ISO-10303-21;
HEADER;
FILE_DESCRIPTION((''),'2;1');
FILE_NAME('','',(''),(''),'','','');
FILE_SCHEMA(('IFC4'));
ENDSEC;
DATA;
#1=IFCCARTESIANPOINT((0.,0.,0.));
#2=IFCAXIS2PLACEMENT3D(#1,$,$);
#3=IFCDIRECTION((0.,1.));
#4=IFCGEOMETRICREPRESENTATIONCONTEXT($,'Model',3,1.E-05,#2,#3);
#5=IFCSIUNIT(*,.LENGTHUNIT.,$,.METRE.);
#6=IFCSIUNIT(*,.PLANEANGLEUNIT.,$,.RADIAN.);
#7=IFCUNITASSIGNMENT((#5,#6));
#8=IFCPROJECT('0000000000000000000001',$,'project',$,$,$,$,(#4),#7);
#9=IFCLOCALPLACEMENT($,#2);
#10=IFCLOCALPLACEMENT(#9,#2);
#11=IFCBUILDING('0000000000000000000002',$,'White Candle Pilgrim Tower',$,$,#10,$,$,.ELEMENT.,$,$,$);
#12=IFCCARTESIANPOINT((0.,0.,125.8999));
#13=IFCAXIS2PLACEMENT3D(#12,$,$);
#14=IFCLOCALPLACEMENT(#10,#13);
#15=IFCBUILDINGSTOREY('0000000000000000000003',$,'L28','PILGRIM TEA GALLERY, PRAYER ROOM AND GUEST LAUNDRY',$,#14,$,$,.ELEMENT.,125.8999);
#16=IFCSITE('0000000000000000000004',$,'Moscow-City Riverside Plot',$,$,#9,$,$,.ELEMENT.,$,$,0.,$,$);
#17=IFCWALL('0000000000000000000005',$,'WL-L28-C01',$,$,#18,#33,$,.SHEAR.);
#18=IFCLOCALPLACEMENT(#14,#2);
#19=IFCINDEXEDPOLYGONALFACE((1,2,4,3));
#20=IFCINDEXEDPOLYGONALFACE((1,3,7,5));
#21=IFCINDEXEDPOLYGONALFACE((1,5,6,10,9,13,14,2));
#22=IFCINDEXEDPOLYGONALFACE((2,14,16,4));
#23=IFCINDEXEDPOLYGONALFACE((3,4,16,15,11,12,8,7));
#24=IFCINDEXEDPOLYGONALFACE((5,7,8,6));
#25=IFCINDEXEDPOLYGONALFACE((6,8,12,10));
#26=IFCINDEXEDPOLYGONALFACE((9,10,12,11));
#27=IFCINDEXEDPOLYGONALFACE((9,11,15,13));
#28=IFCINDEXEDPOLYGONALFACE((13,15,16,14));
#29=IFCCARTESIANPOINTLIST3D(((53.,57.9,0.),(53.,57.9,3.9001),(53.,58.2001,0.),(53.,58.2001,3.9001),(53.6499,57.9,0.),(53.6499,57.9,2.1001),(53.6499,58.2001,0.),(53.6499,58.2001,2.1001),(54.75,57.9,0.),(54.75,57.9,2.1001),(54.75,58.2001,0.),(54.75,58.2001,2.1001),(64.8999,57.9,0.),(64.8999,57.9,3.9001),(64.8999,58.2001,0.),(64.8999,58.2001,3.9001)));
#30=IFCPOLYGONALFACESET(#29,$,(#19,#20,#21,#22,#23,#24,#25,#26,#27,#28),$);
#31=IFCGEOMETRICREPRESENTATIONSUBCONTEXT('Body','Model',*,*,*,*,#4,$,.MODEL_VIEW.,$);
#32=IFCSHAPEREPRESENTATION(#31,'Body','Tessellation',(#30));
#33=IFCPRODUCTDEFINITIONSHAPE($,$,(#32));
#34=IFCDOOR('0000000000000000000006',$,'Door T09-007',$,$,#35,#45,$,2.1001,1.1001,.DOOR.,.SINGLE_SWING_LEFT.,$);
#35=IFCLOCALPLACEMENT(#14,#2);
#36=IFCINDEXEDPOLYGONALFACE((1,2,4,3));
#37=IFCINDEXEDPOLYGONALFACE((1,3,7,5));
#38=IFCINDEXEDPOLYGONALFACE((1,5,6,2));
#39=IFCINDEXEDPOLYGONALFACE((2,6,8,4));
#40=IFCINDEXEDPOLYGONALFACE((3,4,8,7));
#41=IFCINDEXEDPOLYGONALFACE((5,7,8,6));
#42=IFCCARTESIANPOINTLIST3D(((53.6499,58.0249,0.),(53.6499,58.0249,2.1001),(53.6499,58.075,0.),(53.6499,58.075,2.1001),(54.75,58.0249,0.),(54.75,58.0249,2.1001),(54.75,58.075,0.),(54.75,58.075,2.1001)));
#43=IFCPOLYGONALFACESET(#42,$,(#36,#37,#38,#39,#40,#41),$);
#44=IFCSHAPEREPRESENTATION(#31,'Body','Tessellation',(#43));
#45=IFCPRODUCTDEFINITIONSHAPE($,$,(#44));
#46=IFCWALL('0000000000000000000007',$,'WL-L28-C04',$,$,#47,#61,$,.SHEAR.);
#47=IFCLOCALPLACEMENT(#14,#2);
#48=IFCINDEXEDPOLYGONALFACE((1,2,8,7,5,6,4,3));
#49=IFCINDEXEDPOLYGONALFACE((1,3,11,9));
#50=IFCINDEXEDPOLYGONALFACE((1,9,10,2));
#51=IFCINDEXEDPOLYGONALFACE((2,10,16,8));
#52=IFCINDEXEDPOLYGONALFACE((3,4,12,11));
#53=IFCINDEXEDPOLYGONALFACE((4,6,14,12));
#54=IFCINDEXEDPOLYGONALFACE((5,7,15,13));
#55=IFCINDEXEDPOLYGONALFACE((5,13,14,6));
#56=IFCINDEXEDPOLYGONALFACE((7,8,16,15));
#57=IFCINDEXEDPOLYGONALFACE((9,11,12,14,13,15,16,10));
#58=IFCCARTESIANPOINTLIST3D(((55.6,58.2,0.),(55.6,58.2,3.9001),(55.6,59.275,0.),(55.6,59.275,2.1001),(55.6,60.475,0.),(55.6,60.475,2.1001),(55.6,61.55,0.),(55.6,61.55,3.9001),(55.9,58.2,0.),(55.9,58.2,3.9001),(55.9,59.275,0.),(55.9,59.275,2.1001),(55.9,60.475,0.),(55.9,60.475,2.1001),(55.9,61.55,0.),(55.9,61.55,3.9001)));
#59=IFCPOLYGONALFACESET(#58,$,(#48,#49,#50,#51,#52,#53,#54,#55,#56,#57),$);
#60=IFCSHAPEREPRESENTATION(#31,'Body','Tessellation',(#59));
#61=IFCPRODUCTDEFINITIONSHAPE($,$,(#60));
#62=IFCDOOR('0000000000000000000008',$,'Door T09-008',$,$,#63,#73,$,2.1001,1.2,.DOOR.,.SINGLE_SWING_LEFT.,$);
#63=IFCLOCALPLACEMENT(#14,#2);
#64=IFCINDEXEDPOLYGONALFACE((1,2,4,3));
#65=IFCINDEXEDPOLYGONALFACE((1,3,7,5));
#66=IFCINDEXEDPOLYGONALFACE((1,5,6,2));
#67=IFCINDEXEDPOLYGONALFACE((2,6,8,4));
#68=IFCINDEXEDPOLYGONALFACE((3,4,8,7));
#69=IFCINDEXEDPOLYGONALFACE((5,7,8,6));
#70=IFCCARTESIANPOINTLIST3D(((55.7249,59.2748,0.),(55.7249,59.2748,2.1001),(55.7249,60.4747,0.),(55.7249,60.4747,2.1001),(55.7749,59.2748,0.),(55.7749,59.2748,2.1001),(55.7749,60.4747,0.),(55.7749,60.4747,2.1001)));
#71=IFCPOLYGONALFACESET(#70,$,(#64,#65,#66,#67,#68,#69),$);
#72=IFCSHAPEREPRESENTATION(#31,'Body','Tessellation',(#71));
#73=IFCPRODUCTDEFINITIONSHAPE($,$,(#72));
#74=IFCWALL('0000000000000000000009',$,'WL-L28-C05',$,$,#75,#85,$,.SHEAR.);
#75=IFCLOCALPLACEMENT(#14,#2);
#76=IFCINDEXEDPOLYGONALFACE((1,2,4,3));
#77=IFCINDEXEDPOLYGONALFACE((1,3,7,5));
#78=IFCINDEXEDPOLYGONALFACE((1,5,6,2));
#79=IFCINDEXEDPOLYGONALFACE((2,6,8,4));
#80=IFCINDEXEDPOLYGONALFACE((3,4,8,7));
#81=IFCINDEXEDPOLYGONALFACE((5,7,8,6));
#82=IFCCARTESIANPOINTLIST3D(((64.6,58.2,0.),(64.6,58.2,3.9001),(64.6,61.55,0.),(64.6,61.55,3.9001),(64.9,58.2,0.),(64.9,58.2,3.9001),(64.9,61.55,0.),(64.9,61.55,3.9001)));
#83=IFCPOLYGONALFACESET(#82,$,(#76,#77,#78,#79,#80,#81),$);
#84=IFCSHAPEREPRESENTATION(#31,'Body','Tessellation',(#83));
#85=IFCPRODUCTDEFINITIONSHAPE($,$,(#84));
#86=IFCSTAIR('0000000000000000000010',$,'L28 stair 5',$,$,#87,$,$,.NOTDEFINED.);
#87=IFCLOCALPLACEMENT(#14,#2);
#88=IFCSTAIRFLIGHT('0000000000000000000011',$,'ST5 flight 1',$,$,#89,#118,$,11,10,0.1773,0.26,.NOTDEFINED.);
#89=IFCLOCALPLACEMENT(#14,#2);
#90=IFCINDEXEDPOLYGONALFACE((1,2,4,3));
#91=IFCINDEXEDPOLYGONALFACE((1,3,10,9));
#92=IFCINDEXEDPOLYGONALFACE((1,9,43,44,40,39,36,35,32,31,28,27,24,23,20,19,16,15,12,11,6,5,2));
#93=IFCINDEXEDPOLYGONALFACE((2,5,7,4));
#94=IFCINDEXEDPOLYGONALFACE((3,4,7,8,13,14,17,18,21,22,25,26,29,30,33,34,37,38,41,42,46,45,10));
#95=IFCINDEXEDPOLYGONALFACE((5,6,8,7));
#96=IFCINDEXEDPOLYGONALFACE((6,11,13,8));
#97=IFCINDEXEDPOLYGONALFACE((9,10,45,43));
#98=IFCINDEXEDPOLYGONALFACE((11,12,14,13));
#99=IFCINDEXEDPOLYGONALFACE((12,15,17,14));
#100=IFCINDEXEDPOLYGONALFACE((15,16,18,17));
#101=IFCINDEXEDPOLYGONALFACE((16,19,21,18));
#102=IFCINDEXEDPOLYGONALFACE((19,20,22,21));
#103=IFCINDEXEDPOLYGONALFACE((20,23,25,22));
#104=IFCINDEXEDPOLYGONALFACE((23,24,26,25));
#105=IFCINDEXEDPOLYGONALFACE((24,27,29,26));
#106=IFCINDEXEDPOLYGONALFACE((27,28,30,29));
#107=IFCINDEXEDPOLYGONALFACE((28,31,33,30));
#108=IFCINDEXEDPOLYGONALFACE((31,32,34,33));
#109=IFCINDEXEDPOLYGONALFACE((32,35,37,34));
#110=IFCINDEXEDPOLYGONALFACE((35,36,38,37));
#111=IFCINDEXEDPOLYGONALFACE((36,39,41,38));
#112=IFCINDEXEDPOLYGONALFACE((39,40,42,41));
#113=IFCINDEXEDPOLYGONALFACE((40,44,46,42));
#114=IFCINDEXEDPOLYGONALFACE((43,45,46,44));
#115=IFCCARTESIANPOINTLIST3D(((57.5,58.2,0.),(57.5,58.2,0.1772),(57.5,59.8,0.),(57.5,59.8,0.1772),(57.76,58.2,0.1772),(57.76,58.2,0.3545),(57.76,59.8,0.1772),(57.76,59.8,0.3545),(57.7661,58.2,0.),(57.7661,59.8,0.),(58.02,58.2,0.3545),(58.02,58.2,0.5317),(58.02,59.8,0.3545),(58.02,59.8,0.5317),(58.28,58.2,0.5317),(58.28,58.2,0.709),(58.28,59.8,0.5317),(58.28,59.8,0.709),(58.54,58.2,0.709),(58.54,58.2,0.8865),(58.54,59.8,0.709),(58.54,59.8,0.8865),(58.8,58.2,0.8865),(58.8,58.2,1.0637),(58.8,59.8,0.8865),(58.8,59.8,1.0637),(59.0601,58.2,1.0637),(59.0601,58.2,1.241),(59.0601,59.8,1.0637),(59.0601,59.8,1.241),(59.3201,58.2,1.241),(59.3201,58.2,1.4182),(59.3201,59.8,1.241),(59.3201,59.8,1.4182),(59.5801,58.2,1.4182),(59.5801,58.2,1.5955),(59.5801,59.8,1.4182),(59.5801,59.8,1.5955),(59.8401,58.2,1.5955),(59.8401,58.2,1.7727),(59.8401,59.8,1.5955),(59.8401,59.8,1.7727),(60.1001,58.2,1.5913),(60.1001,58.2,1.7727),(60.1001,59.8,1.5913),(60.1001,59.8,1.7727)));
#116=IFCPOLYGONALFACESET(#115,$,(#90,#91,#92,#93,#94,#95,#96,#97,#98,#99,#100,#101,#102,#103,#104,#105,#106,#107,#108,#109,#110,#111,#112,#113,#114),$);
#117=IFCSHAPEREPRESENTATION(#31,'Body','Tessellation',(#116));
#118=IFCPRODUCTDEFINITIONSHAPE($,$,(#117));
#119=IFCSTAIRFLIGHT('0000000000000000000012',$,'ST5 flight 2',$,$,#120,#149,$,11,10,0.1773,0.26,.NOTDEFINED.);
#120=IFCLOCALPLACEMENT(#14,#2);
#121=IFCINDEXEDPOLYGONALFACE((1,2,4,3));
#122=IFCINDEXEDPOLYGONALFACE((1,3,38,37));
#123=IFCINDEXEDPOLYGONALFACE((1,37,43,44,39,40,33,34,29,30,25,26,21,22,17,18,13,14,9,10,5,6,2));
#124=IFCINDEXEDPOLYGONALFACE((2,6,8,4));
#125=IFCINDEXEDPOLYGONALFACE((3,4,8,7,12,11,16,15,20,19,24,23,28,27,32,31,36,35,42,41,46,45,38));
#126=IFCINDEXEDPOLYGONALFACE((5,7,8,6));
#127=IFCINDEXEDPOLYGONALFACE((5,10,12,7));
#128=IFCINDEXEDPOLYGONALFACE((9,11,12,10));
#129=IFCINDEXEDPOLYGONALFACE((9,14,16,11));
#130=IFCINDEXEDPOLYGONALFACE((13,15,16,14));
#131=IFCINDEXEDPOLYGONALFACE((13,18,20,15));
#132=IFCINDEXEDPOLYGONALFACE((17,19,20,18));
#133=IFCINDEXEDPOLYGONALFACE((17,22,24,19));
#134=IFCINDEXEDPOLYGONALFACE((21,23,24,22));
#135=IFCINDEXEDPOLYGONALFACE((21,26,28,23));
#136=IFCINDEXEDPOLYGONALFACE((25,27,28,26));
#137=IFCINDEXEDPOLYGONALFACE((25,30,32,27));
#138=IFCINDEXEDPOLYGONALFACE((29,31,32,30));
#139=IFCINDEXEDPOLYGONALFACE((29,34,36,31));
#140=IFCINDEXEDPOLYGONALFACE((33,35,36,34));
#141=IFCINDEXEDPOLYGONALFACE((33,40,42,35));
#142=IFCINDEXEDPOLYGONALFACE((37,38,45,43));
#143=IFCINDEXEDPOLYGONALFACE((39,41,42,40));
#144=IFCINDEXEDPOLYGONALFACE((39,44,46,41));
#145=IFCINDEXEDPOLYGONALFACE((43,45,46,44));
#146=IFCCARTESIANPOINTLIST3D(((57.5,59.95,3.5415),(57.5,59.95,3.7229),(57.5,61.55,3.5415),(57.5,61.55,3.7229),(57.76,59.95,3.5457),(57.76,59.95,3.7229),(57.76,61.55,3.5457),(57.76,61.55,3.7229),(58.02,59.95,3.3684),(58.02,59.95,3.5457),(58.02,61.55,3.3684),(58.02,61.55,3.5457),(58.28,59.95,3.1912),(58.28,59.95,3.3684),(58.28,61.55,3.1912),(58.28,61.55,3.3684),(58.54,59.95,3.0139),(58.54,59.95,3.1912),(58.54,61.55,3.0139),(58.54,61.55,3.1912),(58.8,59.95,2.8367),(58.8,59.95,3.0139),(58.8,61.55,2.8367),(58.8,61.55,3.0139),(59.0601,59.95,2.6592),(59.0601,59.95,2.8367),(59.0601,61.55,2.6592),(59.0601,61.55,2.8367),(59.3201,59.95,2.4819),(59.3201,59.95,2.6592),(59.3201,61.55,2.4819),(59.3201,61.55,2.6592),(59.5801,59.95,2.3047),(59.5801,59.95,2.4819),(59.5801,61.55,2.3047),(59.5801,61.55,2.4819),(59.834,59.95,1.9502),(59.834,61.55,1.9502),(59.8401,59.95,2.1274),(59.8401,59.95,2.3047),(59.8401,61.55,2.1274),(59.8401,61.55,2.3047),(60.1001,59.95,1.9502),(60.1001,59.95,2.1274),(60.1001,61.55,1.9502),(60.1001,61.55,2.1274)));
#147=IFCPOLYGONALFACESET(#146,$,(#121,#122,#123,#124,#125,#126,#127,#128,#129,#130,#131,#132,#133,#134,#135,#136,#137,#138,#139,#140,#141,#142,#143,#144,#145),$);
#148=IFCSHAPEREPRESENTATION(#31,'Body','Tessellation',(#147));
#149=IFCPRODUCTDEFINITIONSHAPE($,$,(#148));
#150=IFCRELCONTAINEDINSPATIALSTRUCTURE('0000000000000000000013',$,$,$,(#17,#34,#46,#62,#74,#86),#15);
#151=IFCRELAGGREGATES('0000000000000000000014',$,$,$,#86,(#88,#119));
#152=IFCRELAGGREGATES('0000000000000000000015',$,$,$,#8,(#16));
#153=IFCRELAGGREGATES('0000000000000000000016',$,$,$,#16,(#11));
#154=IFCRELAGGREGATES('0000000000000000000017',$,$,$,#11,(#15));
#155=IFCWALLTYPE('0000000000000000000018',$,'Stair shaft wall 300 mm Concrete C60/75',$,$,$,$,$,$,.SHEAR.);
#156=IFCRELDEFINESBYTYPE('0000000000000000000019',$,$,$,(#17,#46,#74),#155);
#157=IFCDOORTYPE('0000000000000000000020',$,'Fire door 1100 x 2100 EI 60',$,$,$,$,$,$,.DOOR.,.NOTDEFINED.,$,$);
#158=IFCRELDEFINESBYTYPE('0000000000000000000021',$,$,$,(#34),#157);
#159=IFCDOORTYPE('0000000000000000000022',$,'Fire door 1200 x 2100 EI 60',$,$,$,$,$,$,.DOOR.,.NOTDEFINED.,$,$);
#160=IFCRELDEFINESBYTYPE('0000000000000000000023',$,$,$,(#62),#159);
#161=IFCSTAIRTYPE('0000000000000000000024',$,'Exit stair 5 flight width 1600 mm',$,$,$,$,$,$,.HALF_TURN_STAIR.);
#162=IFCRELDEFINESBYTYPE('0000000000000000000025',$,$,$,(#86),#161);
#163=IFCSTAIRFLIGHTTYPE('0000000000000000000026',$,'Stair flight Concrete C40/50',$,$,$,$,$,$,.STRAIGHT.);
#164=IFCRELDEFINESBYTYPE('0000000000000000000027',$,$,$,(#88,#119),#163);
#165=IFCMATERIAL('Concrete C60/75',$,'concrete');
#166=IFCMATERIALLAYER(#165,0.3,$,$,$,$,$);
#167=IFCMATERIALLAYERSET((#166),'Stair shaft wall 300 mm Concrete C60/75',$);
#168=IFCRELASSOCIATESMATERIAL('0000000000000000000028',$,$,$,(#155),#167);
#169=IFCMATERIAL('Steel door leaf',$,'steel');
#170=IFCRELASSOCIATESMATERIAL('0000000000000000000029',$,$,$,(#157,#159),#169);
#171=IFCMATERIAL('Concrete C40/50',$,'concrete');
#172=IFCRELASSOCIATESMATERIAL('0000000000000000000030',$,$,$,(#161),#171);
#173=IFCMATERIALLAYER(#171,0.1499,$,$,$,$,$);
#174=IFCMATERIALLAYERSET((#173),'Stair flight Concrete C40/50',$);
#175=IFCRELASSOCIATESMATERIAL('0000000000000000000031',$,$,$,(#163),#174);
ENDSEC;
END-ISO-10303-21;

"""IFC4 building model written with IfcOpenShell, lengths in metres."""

from ifc_helpers import new_model, si_unit, direction, frame, frame_2d, origin, place, context, subcontext, project, spatial, polyline, rectangle, outline, extrude, material, layer, layer_set, type_object, element, fill, aggregate, save


model = new_model("IFC4")

# Units and contexts
model_context = context("Model", 3, precision=1e-05, world=origin(), true_north=direction((0.0, 1.0)))
body_context = subcontext(model_context, "Body", "Model", "MODEL_VIEW")
ifc_project = project(units=[si_unit("LENGTHUNIT", "METRE"), si_unit("PLANEANGLEUNIT", "RADIAN")], contexts=[model_context])

# Site, building, storey
site_placement = place(None, origin())
site = spatial("IfcSite", under=ifc_project, at=site_placement, Name="Moscow-City Riverside Plot", CompositionType="ELEMENT", RefElevation=0.0)
building_placement = place(site_placement, origin())
building = spatial("IfcBuilding", under=site, at=building_placement, Name="White Candle Pilgrim Tower", CompositionType="ELEMENT")
storey_placement = place(building_placement, frame((0.0, 0.0, 125.8999)))
storey = spatial("IfcBuildingStorey", under=building, at=storey_placement, Name="L28", Description="PILGRIM TEA GALLERY, PRAYER ROOM AND GUEST LAUNDRY", CompositionType="ELEMENT", Elevation=125.8999)

# Shared definitions
ifc_material_1 = material(Name="Concrete C60/75", Category="concrete")

# Shared definitions
ifc_material_2 = material(Name="Steel door leaf", Category="steel")

# Walls, openings, doors
ifc_layer_1 = layer(ifc_material_1, 0.3)
ifc_layer_set_1 = layer_set([ifc_layer_1], Name="Stair shaft wall 300 mm Concrete C60/75")
wall_type_1 = type_object("IfcWallType", Name="Stair shaft wall 300 mm Concrete C60/75", PredefinedType="SHEAR", material=ifc_layer_set_1)
wall_1_placement = place(storey_placement, frame((53.0, 58.05, 0.0), z_axis=(0.0, 0.0, 1.0), x_axis=(1.0, 0.0, 0.0)))
wall_1 = element("IfcWall", 1, at=wall_1_placement, inside=storey, type_object=wall_type_1, Name="WL-L28-C01", PredefinedType="SHEAR", context=body_context, shape_type="SweptSolid", body=[
    extrude(rectangle(XDim=11.8999, YDim=0.3, at=frame_2d((5.95, 0.0))), origin(), (0.0, 0.0, 1.0), 3.9001),
])
opening_1_placement = place(wall_1_placement, frame((0.6499, 0.0, 0.0)))
opening_1 = element("IfcOpeningElement", 2, at=opening_1_placement, cuts=wall_1, PredefinedType="OPENING", context=body_context, shape_type="SweptSolid", body=[
    extrude(rectangle(XDim=1.1001, YDim=2.1001, at=frame_2d((0.55, 1.05))), frame((0.0, 0.1599, 0.0), z_axis=(0.0, -1.0, 0.0), x_axis=(1.0, 0.0, 0.0)), (0.0, 0.0, 1.0), 0.3201),
])
door_type_1 = type_object("IfcDoorType", Name="Fire door 1100 x 2100 EI 60", OperationType="NOTDEFINED", PredefinedType="DOOR", material=ifc_material_2)
door_1_placement = place(opening_1_placement, origin())
door_1 = element("IfcDoor", 3, at=door_1_placement, inside=storey, type_object=door_type_1, Name="Door T09-007", OperationType="SINGLE_SWING_LEFT", OverallHeight=2.1001, OverallWidth=1.1001, PredefinedType="DOOR", context=body_context, shape_type="SweptSolid", body=[
    extrude(rectangle(XDim=1.1001, YDim=2.1001, at=frame_2d((0.55, 1.05))), frame((0.0, 0.0249, 0.0), z_axis=(0.0, -1.0, 0.0), x_axis=(1.0, 0.0, 0.0)), (0.0, 0.0, 1.0), 0.05),
])
fill(opening_1, door_1)
wall_2_placement = place(storey_placement, frame((55.75, 58.2, 0.0), z_axis=(0.0, 0.0, 1.0), x_axis=(0.0, 1.0, 0.0)))
wall_2 = element("IfcWall", 4, at=wall_2_placement, inside=storey, type_object=wall_type_1, Name="WL-L28-C04", PredefinedType="SHEAR", context=body_context, shape_type="SweptSolid", body=[
    extrude(rectangle(XDim=3.3501, YDim=0.3, at=frame_2d((1.675, 0.0))), origin(), (0.0, 0.0, 1.0), 3.9001),
])
opening_2_placement = place(wall_2_placement, frame((1.075, 0.0, 0.0)))
opening_2 = element("IfcOpeningElement", 5, at=opening_2_placement, cuts=wall_2, PredefinedType="OPENING", context=body_context, shape_type="SweptSolid", body=[
    extrude(rectangle(XDim=1.2, YDim=2.1001, at=frame_2d((0.6001, 1.05))), frame((0.0, 0.1599, 0.0), z_axis=(0.0, -1.0, 0.0), x_axis=(1.0, 0.0, 0.0)), (0.0, 0.0, 1.0), 0.3201),
])
door_type_2 = type_object("IfcDoorType", Name="Fire door 1200 x 2100 EI 60", OperationType="NOTDEFINED", PredefinedType="DOOR", material=ifc_material_2)
door_2_placement = place(opening_2_placement, frame((1.2, 0.0, 0.0), z_axis=(0.0, 0.0, 1.0), x_axis=(-1.0, 0.0, 0.0)))
door_2 = element("IfcDoor", 6, at=door_2_placement, inside=storey, type_object=door_type_2, Name="Door T09-008", OperationType="SINGLE_SWING_LEFT", OverallHeight=2.1001, OverallWidth=1.2, PredefinedType="DOOR", context=body_context, shape_type="SweptSolid", body=[
    extrude(rectangle(XDim=1.2, YDim=2.1001, at=frame_2d((0.6001, 1.05))), frame((0.0, 0.0249, 0.0), z_axis=(0.0, -1.0, 0.0), x_axis=(1.0, 0.0, 0.0)), (0.0, 0.0, 1.0), 0.05),
])
fill(opening_2, door_2)

# Wall
wall_3_placement = place(storey_placement, frame((64.75, 58.2, 0.0), z_axis=(0.0, 0.0, 1.0), x_axis=(0.0, 1.0, 0.0)))
element("IfcWall", 7, at=wall_3_placement, inside=storey, type_object=wall_type_1, Name="WL-L28-C05", PredefinedType="SHEAR", context=body_context, shape_type="SweptSolid", body=[
    extrude(rectangle(XDim=3.3501, YDim=0.3, at=frame_2d((1.675, 0.0))), origin(), (0.0, 0.0, 1.0), 3.9001),
])

# Stair, stair flights
ifc_material_3 = material(Name="Concrete C40/50", Category="concrete")
stair_type = type_object("IfcStairType", Name="Exit stair 5 flight width 1600 mm", PredefinedType="HALF_TURN_STAIR", material=ifc_material_3)
stair_placement = place(storey_placement, origin())
stair = element("IfcStair", 8, at=stair_placement, inside=storey, type_object=stair_type, Name="L28 stair 5", PredefinedType="NOTDEFINED")
ifc_layer_2 = layer(ifc_material_3, 0.1499)
ifc_layer_set_2 = layer_set([ifc_layer_2], Name="Stair flight Concrete C40/50")
stair_flight_type = type_object("IfcStairFlightType", Name="Stair flight Concrete C40/50", PredefinedType="STRAIGHT", material=ifc_layer_set_2)
stair_flight_1_placement = place(storey_placement, frame((57.5, 59.0, 0.0), z_axis=(0.0, 0.0, 1.0), x_axis=(1.0, 0.0, 0.0)))
stair_flight_1 = element("IfcStairFlight", 9, at=stair_flight_1_placement, type_object=stair_flight_type, Name="ST5 flight 1", NumberOfRisers=11, NumberOfTreads=10, PredefinedType="NOTDEFINED", RiserHeight=0.1773, TreadLength=0.26, context=body_context, shape_type="SweptSolid", body=[
    extrude(outline(polyline([(0.0, 0.0), (0.0, 0.1772), (0.26, 0.1772), (0.26, 0.3545), (0.52, 0.3545), (0.52, 0.5317), (0.78, 0.5317), (0.78, 0.709), (1.04, 0.709), (1.04, 0.8865), (1.3, 0.8865), (1.3, 1.0637), (1.5601, 1.0637), (1.5601, 1.241), (1.8201, 1.241), (1.8201, 1.4182), (2.0801, 1.4182), (2.0801, 1.5955), (2.3401, 1.5955), (2.3401, 1.7727), (2.6001, 1.7727), (2.6001, 1.95), (2.6001, 1.5913), (0.2661, 0.0), (0.0, 0.0)])), frame((0.0, 0.8, 0.0), z_axis=(0.0, -1.0, 0.0), x_axis=(1.0, 0.0, 0.0)), (0.0, 0.0, 1.0), 1.6001),
])
stair_flight_2_placement = place(storey_placement, frame((60.1001, 60.75, 1.9502), z_axis=(0.0, 0.0, 1.0), x_axis=(-1.0, 0.0, 0.0)))
stair_flight_2 = element("IfcStairFlight", 10, at=stair_flight_2_placement, type_object=stair_flight_type, Name="ST5 flight 2", NumberOfRisers=11, NumberOfTreads=10, PredefinedType="NOTDEFINED", RiserHeight=0.1773, TreadLength=0.26, context=body_context, shape_type="SweptSolid", body=[
    extrude(outline(polyline([(0.0, 0.0), (0.0, 0.1772), (0.26, 0.1772), (0.26, 0.3545), (0.52, 0.3545), (0.52, 0.5317), (0.78, 0.5317), (0.78, 0.709), (1.04, 0.709), (1.04, 0.8865), (1.3, 0.8865), (1.3, 1.0637), (1.5601, 1.0637), (1.5601, 1.241), (1.8201, 1.241), (1.8201, 1.4182), (2.0801, 1.4182), (2.0801, 1.5955), (2.3401, 1.5955), (2.3401, 1.7727), (2.6001, 1.7727), (2.6001, 1.95), (2.6001, 1.5913), (0.2661, 0.0), (0.0, 0.0)])), frame((0.0, 0.8, 0.0), z_axis=(0.0, -1.0, 0.0), x_axis=(1.0, 0.0, 0.0)), (0.0, 0.0, 1.0), 1.6001),
])
aggregate(stair, [stair_flight_1, stair_flight_2])

save(model, "model.ifc")
